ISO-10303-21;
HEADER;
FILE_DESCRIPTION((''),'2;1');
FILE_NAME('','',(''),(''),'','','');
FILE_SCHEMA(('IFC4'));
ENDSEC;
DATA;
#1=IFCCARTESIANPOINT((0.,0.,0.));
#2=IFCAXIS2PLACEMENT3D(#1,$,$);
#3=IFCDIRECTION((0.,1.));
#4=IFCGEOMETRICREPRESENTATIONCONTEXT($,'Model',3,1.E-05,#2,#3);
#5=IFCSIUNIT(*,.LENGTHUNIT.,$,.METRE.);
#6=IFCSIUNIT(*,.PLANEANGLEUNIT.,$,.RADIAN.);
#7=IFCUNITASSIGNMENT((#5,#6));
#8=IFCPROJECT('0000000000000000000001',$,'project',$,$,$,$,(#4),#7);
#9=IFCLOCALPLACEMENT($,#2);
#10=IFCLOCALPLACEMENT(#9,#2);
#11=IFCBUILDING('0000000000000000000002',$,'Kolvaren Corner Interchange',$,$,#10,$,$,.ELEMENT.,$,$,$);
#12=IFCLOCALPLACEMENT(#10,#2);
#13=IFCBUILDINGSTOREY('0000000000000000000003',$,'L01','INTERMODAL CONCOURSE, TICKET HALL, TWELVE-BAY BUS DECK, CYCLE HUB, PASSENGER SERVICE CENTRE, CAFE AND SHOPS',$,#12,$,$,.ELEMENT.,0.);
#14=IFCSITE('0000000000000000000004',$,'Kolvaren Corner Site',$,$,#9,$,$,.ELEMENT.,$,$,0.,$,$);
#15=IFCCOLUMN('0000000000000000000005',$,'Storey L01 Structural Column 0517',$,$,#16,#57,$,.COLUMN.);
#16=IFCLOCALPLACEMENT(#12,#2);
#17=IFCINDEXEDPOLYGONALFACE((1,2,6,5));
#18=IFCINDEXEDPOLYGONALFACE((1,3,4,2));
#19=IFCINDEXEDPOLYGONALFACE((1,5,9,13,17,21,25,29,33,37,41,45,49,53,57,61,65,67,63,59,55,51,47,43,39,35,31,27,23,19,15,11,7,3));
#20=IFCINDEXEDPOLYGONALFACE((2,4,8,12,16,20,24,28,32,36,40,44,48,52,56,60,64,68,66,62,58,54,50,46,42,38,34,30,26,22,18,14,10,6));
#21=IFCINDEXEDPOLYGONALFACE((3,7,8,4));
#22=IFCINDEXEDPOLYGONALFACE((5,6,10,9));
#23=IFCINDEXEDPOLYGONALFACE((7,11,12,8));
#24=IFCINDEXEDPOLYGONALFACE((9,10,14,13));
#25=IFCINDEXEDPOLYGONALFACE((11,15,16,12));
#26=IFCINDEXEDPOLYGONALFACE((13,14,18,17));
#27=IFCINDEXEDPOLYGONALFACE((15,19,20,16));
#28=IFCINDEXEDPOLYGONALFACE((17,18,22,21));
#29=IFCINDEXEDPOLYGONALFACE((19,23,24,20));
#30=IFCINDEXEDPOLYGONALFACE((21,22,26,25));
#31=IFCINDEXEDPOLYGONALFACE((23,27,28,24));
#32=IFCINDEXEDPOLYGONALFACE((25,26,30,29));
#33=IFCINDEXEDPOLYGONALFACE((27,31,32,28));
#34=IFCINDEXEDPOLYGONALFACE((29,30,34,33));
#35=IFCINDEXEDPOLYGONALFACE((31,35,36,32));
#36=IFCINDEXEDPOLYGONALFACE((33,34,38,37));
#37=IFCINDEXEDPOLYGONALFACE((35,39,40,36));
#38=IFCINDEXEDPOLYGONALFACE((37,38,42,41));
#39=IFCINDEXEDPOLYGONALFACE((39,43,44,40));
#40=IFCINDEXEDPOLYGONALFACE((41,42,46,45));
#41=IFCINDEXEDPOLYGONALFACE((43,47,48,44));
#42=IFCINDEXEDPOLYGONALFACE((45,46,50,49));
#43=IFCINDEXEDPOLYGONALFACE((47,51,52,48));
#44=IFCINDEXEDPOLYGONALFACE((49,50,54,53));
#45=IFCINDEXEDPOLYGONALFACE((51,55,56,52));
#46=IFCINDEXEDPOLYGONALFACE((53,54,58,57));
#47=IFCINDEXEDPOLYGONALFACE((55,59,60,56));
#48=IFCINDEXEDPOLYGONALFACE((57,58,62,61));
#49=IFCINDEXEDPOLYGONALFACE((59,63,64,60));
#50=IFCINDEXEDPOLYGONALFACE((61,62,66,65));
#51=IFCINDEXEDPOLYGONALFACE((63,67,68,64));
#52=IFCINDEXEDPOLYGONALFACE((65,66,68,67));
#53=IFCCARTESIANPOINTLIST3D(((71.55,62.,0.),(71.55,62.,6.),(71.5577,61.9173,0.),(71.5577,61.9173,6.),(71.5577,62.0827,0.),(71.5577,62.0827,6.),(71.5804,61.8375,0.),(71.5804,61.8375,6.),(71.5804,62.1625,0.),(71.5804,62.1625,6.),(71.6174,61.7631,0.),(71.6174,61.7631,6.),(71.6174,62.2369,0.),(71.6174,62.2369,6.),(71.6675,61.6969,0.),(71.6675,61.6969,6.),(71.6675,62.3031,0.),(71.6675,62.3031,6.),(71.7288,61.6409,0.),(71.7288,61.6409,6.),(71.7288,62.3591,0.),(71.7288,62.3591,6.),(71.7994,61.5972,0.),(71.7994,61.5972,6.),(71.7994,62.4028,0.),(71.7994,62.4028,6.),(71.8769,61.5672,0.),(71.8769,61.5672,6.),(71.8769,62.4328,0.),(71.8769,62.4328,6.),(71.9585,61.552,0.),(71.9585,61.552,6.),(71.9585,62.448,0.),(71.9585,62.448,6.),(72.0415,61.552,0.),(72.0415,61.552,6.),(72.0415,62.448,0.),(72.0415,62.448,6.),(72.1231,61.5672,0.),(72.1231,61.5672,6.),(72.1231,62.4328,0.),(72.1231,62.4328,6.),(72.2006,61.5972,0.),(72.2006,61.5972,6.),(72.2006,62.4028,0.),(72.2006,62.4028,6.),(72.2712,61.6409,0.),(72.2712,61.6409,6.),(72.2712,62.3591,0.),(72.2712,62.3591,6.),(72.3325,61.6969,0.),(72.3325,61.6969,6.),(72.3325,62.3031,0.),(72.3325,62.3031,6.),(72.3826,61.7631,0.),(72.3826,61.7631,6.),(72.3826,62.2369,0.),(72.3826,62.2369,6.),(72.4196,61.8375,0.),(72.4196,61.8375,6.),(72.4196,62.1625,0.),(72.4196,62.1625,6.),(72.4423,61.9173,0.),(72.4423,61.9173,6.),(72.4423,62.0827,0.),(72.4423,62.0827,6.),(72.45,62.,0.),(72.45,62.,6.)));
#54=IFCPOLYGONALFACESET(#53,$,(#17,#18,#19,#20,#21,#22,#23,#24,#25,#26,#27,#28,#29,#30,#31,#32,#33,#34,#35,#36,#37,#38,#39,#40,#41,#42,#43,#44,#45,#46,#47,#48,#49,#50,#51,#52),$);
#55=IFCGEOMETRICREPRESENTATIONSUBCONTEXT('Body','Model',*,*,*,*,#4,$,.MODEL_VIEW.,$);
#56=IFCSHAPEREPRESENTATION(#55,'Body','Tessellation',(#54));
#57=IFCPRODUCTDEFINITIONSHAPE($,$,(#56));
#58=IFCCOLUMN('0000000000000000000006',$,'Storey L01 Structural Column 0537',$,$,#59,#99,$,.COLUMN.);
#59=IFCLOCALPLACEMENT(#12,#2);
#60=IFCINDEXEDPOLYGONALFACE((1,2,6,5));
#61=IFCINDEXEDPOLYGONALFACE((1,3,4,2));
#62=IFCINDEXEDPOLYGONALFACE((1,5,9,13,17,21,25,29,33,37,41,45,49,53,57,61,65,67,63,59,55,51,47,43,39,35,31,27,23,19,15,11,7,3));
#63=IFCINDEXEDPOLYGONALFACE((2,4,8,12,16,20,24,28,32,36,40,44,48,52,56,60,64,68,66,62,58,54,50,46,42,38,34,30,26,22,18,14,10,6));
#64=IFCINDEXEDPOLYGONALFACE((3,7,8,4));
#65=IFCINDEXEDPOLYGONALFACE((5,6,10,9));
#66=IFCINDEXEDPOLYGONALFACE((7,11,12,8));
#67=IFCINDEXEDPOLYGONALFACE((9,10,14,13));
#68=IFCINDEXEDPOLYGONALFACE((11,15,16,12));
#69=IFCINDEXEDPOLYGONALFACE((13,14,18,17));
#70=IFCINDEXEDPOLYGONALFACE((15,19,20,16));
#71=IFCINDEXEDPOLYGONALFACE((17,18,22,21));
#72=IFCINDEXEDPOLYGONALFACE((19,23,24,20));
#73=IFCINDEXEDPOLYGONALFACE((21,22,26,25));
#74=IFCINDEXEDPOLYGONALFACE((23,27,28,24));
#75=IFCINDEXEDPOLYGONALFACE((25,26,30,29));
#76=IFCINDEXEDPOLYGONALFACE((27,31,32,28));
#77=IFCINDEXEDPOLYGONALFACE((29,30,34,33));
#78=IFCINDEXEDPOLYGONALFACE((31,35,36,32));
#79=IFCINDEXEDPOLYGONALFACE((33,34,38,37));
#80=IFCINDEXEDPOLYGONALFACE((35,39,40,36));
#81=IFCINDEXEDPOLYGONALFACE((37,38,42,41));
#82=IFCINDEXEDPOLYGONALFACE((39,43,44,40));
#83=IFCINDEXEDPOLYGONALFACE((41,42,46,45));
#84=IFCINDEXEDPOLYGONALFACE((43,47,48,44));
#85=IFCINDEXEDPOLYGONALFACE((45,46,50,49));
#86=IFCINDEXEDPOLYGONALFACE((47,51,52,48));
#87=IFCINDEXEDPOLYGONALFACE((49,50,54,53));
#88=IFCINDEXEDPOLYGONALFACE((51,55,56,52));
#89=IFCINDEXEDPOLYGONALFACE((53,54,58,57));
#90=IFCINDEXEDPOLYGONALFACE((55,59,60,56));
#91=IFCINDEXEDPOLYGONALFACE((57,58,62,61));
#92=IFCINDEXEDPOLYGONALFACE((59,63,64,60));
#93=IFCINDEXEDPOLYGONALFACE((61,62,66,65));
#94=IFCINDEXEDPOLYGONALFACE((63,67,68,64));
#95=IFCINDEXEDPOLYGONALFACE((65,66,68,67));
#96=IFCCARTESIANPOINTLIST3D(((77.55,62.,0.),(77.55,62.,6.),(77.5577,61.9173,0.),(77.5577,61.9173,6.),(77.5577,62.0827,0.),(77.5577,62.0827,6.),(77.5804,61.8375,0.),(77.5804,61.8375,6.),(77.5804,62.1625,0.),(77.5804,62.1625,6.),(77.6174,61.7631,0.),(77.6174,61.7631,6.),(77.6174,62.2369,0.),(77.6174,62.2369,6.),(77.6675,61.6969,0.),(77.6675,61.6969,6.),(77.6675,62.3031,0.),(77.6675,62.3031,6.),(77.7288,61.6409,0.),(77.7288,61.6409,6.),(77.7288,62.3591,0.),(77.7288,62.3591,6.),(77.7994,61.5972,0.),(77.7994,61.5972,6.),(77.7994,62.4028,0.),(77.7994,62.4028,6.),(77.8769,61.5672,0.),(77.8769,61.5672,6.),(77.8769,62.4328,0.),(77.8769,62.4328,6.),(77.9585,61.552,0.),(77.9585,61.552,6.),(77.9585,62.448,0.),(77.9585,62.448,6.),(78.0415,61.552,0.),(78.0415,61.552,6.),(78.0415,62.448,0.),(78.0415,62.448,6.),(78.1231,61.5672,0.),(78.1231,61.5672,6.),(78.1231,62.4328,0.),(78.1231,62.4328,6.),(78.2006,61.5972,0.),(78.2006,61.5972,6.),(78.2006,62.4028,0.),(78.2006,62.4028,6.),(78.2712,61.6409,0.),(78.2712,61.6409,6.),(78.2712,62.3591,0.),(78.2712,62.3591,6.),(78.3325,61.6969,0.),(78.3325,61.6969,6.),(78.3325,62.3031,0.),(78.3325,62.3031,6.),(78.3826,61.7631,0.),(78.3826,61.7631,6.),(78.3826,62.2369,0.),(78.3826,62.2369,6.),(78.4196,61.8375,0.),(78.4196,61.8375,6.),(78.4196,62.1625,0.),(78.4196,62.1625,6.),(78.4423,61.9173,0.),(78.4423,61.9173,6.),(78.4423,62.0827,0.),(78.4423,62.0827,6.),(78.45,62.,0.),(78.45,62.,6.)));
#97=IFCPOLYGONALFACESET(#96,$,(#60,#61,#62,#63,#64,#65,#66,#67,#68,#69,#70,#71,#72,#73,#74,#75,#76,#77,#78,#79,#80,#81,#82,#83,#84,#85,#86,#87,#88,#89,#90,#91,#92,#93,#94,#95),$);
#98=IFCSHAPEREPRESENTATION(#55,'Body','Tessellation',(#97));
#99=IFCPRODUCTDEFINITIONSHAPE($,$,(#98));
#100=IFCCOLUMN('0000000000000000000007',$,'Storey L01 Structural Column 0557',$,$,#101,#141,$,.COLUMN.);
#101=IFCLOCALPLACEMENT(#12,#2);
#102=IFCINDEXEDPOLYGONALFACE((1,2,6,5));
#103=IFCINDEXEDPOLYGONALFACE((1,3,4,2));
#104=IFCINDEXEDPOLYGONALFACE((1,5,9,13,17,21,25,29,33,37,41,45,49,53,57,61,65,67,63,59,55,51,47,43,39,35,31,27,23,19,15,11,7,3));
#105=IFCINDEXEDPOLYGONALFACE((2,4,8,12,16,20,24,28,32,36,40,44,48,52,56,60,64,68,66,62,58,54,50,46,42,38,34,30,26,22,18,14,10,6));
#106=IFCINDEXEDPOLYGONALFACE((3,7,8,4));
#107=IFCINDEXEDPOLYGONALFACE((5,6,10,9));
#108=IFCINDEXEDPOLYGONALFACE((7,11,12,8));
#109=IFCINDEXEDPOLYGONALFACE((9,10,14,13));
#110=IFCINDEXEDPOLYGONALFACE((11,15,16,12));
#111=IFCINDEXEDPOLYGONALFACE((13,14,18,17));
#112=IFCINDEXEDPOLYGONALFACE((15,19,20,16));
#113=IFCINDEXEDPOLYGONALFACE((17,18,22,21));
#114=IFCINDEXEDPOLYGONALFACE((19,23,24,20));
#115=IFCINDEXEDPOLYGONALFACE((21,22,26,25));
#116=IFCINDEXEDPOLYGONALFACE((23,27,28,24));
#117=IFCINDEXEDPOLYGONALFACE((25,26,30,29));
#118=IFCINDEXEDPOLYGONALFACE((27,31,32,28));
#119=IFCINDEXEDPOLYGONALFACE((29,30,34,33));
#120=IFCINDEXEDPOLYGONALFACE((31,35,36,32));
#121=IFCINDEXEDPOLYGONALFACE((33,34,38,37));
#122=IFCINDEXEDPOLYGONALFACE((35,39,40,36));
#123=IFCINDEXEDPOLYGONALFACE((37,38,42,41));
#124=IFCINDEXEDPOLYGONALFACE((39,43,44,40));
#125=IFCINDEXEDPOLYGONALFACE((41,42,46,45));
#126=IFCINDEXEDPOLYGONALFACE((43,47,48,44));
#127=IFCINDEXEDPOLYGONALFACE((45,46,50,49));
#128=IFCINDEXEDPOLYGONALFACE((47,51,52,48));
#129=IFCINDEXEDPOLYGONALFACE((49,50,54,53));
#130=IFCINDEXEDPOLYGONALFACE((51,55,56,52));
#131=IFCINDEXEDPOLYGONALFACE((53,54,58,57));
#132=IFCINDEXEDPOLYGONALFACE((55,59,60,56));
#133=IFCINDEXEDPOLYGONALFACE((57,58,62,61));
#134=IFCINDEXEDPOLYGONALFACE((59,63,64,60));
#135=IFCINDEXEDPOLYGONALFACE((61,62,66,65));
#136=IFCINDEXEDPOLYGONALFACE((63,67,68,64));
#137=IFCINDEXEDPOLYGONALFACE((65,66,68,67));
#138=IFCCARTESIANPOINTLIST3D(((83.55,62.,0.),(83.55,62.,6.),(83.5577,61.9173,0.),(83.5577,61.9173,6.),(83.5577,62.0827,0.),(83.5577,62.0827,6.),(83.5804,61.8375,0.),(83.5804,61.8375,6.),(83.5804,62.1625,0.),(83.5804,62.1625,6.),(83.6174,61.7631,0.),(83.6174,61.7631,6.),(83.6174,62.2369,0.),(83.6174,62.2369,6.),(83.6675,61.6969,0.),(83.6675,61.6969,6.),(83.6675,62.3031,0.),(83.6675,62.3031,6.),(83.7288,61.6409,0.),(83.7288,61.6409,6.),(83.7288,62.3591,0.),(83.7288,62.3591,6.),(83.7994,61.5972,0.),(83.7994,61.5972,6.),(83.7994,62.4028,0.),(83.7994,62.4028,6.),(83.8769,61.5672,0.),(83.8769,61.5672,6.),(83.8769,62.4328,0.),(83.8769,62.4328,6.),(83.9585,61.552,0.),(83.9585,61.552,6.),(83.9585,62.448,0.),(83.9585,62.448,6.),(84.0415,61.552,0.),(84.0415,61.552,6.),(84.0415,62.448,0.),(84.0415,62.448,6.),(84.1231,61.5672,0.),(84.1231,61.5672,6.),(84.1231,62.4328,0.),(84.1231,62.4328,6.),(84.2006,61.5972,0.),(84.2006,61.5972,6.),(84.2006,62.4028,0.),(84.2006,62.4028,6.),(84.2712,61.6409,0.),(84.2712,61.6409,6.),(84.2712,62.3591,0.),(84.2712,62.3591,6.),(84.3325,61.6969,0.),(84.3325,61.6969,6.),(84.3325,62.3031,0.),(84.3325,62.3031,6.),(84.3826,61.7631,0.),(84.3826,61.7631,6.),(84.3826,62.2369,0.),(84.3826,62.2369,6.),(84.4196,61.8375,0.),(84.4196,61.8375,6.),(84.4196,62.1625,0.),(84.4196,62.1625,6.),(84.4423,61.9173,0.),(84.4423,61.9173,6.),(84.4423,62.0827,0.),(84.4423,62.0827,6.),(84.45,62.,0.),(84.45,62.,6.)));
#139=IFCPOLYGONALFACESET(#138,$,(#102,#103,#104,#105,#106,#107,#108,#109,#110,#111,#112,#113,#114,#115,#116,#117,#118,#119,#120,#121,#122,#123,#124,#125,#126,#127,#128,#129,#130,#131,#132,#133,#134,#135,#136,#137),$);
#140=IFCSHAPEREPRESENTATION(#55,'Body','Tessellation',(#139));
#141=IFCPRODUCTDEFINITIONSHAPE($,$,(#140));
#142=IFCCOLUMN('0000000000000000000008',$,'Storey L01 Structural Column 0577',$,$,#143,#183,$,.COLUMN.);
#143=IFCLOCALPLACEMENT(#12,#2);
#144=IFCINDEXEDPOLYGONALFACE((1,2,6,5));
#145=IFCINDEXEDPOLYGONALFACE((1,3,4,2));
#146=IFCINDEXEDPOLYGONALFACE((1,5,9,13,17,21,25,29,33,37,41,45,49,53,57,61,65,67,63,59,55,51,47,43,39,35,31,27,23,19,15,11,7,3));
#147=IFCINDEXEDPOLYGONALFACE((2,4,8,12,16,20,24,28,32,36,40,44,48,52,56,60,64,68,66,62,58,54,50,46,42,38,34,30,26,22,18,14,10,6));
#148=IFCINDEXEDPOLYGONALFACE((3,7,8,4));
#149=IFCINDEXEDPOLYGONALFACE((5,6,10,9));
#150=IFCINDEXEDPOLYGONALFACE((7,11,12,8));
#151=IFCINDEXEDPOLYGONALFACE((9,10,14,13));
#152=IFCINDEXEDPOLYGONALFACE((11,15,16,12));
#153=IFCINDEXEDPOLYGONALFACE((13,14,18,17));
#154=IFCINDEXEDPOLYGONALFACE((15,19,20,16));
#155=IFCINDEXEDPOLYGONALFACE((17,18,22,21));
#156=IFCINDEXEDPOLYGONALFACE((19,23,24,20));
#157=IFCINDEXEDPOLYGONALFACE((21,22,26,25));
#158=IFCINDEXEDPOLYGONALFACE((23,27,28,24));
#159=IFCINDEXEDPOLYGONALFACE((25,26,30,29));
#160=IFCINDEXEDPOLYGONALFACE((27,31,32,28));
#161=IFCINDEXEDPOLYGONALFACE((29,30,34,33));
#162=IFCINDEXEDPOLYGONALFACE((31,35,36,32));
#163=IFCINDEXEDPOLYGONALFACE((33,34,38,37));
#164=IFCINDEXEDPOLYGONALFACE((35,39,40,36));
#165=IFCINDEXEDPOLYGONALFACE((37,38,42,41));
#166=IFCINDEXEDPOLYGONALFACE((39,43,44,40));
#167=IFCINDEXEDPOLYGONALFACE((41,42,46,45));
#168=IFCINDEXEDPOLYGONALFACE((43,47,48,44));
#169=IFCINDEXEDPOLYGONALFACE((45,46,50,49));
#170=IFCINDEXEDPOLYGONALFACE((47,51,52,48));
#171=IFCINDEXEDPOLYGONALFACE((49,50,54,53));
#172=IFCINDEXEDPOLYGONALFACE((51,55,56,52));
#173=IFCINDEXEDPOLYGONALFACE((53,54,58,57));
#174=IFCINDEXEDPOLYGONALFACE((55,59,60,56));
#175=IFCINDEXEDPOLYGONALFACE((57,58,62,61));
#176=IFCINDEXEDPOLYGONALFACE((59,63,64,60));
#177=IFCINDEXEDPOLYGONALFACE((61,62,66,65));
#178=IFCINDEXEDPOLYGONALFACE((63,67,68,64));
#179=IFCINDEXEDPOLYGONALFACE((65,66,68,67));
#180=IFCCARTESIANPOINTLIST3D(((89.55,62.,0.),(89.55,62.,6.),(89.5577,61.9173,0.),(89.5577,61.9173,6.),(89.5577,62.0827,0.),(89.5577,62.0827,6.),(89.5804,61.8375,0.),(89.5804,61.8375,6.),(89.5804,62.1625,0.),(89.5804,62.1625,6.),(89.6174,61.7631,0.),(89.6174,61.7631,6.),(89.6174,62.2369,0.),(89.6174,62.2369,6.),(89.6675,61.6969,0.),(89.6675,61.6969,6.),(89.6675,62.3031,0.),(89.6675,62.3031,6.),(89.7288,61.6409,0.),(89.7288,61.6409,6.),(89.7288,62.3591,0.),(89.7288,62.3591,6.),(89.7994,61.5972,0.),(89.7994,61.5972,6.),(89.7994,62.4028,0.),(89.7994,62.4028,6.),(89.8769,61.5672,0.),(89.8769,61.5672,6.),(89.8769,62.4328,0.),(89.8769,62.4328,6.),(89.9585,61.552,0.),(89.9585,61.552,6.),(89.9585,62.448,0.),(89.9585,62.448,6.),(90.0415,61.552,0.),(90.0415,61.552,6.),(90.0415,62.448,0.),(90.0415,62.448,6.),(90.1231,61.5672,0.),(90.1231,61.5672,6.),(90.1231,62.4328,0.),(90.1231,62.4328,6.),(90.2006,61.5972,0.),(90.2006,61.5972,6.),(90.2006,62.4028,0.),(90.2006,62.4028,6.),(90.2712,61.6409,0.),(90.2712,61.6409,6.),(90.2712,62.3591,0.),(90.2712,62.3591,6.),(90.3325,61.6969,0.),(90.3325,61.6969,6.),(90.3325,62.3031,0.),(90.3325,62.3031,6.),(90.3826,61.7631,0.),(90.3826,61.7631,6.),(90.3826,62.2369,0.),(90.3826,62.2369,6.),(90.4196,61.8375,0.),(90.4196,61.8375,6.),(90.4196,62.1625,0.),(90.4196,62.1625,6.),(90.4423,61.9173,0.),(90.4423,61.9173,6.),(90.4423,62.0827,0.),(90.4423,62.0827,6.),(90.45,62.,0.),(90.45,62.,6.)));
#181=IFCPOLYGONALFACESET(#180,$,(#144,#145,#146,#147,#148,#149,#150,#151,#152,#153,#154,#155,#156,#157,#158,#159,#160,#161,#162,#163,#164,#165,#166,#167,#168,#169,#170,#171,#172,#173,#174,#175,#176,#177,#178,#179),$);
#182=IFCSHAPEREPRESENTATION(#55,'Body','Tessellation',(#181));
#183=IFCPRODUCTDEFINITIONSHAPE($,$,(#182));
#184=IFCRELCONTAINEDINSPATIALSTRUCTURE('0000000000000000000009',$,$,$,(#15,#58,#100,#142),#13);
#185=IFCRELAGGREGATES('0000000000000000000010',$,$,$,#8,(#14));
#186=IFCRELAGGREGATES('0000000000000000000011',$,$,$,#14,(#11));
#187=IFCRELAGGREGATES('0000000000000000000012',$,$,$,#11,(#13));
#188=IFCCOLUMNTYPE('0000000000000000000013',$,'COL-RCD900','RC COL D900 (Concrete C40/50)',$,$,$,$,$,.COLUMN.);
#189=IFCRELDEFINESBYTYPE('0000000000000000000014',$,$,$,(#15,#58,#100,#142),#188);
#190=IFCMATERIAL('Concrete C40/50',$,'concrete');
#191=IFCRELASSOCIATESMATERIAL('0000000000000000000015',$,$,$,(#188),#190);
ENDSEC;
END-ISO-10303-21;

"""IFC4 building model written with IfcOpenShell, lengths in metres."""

from ifc_helpers import new_model, si_unit, direction, frame, origin, origin_2d, place, context, subcontext, project, spatial, circle, extrude, material, material_profile, profile_set, type_object, element, save


model = new_model("IFC4")

# Units and contexts
model_context = context("Model", 3, precision=1e-05, world=origin(), true_north=direction((0.0, 1.0)))
body_context = subcontext(model_context, "Body", "Model", "MODEL_VIEW")
ifc_project = project(units=[si_unit("LENGTHUNIT", "METRE"), si_unit("PLANEANGLEUNIT", "RADIAN")], contexts=[model_context])

# Site, building, storey
site_placement = place(None, origin())
site = spatial("IfcSite", under=ifc_project, at=site_placement, Name="Kolvaren Corner Site", CompositionType="ELEMENT", RefElevation=0.0)
building_placement = place(site_placement, origin())
building = spatial("IfcBuilding", under=site, at=building_placement, Name="Kolvaren Corner Interchange", CompositionType="ELEMENT")
storey_placement = place(building_placement, origin())
storey = spatial("IfcBuildingStorey", under=building, at=storey_placement, Name="L01", Description="INTERMODAL CONCOURSE, TICKET HALL, TWELVE-BAY BUS DECK, CYCLE HUB, PASSENGER SERVICE CENTRE, CAFE AND SHOPS", CompositionType="ELEMENT", Elevation=0.0)

# Columns
ifc_material_1 = material(Name="Concrete C40/50", Category="concrete")
ifc_material_profile_1 = material_profile(ifc_material_1, circle(Radius=0.45, at=origin_2d()), Name="RC COL D900")
ifc_profile_set_1 = profile_set([ifc_material_profile_1], Name="Concrete C40/50")
column_type = type_object("IfcColumnType", Name="COL-RCD900", Description="RC COL D900 (Concrete C40/50)", PredefinedType="COLUMN", material=ifc_profile_set_1)
for number, where, z_axis, x_axis, name in (
    (1, (72.0, 62.0, 0.0), (0.0, 0.0, 1.0), (1.0, 0.0, 0.0), "Storey L01 Structural Column 0517"),
    (2, (78.0, 62.0, 0.0), (0.0, 0.0, 1.0), (1.0, 0.0, 0.0), "Storey L01 Structural Column 0537"),
    (3, (84.0, 62.0, 0.0), (0.0, 0.0, 1.0), (1.0, 0.0, 0.0), "Storey L01 Structural Column 0557"),
    (4, (90.0, 62.0, 0.0), (0.0, 0.0, 1.0), (1.0, 0.0, 0.0), "Storey L01 Structural Column 0577"),
):
    element("IfcColumn", number, at=place(storey_placement, frame(where, z_axis=z_axis, x_axis=x_axis)), inside=storey, type_object=column_type, Name=name, PredefinedType="COLUMN", context=body_context, shape_type="SweptSolid", body=[
        extrude(circle(Radius=0.45, at=origin_2d()), origin(), (0.0, 0.0, 1.0), 6.0),
    ])

save(model, "model.ifc")
